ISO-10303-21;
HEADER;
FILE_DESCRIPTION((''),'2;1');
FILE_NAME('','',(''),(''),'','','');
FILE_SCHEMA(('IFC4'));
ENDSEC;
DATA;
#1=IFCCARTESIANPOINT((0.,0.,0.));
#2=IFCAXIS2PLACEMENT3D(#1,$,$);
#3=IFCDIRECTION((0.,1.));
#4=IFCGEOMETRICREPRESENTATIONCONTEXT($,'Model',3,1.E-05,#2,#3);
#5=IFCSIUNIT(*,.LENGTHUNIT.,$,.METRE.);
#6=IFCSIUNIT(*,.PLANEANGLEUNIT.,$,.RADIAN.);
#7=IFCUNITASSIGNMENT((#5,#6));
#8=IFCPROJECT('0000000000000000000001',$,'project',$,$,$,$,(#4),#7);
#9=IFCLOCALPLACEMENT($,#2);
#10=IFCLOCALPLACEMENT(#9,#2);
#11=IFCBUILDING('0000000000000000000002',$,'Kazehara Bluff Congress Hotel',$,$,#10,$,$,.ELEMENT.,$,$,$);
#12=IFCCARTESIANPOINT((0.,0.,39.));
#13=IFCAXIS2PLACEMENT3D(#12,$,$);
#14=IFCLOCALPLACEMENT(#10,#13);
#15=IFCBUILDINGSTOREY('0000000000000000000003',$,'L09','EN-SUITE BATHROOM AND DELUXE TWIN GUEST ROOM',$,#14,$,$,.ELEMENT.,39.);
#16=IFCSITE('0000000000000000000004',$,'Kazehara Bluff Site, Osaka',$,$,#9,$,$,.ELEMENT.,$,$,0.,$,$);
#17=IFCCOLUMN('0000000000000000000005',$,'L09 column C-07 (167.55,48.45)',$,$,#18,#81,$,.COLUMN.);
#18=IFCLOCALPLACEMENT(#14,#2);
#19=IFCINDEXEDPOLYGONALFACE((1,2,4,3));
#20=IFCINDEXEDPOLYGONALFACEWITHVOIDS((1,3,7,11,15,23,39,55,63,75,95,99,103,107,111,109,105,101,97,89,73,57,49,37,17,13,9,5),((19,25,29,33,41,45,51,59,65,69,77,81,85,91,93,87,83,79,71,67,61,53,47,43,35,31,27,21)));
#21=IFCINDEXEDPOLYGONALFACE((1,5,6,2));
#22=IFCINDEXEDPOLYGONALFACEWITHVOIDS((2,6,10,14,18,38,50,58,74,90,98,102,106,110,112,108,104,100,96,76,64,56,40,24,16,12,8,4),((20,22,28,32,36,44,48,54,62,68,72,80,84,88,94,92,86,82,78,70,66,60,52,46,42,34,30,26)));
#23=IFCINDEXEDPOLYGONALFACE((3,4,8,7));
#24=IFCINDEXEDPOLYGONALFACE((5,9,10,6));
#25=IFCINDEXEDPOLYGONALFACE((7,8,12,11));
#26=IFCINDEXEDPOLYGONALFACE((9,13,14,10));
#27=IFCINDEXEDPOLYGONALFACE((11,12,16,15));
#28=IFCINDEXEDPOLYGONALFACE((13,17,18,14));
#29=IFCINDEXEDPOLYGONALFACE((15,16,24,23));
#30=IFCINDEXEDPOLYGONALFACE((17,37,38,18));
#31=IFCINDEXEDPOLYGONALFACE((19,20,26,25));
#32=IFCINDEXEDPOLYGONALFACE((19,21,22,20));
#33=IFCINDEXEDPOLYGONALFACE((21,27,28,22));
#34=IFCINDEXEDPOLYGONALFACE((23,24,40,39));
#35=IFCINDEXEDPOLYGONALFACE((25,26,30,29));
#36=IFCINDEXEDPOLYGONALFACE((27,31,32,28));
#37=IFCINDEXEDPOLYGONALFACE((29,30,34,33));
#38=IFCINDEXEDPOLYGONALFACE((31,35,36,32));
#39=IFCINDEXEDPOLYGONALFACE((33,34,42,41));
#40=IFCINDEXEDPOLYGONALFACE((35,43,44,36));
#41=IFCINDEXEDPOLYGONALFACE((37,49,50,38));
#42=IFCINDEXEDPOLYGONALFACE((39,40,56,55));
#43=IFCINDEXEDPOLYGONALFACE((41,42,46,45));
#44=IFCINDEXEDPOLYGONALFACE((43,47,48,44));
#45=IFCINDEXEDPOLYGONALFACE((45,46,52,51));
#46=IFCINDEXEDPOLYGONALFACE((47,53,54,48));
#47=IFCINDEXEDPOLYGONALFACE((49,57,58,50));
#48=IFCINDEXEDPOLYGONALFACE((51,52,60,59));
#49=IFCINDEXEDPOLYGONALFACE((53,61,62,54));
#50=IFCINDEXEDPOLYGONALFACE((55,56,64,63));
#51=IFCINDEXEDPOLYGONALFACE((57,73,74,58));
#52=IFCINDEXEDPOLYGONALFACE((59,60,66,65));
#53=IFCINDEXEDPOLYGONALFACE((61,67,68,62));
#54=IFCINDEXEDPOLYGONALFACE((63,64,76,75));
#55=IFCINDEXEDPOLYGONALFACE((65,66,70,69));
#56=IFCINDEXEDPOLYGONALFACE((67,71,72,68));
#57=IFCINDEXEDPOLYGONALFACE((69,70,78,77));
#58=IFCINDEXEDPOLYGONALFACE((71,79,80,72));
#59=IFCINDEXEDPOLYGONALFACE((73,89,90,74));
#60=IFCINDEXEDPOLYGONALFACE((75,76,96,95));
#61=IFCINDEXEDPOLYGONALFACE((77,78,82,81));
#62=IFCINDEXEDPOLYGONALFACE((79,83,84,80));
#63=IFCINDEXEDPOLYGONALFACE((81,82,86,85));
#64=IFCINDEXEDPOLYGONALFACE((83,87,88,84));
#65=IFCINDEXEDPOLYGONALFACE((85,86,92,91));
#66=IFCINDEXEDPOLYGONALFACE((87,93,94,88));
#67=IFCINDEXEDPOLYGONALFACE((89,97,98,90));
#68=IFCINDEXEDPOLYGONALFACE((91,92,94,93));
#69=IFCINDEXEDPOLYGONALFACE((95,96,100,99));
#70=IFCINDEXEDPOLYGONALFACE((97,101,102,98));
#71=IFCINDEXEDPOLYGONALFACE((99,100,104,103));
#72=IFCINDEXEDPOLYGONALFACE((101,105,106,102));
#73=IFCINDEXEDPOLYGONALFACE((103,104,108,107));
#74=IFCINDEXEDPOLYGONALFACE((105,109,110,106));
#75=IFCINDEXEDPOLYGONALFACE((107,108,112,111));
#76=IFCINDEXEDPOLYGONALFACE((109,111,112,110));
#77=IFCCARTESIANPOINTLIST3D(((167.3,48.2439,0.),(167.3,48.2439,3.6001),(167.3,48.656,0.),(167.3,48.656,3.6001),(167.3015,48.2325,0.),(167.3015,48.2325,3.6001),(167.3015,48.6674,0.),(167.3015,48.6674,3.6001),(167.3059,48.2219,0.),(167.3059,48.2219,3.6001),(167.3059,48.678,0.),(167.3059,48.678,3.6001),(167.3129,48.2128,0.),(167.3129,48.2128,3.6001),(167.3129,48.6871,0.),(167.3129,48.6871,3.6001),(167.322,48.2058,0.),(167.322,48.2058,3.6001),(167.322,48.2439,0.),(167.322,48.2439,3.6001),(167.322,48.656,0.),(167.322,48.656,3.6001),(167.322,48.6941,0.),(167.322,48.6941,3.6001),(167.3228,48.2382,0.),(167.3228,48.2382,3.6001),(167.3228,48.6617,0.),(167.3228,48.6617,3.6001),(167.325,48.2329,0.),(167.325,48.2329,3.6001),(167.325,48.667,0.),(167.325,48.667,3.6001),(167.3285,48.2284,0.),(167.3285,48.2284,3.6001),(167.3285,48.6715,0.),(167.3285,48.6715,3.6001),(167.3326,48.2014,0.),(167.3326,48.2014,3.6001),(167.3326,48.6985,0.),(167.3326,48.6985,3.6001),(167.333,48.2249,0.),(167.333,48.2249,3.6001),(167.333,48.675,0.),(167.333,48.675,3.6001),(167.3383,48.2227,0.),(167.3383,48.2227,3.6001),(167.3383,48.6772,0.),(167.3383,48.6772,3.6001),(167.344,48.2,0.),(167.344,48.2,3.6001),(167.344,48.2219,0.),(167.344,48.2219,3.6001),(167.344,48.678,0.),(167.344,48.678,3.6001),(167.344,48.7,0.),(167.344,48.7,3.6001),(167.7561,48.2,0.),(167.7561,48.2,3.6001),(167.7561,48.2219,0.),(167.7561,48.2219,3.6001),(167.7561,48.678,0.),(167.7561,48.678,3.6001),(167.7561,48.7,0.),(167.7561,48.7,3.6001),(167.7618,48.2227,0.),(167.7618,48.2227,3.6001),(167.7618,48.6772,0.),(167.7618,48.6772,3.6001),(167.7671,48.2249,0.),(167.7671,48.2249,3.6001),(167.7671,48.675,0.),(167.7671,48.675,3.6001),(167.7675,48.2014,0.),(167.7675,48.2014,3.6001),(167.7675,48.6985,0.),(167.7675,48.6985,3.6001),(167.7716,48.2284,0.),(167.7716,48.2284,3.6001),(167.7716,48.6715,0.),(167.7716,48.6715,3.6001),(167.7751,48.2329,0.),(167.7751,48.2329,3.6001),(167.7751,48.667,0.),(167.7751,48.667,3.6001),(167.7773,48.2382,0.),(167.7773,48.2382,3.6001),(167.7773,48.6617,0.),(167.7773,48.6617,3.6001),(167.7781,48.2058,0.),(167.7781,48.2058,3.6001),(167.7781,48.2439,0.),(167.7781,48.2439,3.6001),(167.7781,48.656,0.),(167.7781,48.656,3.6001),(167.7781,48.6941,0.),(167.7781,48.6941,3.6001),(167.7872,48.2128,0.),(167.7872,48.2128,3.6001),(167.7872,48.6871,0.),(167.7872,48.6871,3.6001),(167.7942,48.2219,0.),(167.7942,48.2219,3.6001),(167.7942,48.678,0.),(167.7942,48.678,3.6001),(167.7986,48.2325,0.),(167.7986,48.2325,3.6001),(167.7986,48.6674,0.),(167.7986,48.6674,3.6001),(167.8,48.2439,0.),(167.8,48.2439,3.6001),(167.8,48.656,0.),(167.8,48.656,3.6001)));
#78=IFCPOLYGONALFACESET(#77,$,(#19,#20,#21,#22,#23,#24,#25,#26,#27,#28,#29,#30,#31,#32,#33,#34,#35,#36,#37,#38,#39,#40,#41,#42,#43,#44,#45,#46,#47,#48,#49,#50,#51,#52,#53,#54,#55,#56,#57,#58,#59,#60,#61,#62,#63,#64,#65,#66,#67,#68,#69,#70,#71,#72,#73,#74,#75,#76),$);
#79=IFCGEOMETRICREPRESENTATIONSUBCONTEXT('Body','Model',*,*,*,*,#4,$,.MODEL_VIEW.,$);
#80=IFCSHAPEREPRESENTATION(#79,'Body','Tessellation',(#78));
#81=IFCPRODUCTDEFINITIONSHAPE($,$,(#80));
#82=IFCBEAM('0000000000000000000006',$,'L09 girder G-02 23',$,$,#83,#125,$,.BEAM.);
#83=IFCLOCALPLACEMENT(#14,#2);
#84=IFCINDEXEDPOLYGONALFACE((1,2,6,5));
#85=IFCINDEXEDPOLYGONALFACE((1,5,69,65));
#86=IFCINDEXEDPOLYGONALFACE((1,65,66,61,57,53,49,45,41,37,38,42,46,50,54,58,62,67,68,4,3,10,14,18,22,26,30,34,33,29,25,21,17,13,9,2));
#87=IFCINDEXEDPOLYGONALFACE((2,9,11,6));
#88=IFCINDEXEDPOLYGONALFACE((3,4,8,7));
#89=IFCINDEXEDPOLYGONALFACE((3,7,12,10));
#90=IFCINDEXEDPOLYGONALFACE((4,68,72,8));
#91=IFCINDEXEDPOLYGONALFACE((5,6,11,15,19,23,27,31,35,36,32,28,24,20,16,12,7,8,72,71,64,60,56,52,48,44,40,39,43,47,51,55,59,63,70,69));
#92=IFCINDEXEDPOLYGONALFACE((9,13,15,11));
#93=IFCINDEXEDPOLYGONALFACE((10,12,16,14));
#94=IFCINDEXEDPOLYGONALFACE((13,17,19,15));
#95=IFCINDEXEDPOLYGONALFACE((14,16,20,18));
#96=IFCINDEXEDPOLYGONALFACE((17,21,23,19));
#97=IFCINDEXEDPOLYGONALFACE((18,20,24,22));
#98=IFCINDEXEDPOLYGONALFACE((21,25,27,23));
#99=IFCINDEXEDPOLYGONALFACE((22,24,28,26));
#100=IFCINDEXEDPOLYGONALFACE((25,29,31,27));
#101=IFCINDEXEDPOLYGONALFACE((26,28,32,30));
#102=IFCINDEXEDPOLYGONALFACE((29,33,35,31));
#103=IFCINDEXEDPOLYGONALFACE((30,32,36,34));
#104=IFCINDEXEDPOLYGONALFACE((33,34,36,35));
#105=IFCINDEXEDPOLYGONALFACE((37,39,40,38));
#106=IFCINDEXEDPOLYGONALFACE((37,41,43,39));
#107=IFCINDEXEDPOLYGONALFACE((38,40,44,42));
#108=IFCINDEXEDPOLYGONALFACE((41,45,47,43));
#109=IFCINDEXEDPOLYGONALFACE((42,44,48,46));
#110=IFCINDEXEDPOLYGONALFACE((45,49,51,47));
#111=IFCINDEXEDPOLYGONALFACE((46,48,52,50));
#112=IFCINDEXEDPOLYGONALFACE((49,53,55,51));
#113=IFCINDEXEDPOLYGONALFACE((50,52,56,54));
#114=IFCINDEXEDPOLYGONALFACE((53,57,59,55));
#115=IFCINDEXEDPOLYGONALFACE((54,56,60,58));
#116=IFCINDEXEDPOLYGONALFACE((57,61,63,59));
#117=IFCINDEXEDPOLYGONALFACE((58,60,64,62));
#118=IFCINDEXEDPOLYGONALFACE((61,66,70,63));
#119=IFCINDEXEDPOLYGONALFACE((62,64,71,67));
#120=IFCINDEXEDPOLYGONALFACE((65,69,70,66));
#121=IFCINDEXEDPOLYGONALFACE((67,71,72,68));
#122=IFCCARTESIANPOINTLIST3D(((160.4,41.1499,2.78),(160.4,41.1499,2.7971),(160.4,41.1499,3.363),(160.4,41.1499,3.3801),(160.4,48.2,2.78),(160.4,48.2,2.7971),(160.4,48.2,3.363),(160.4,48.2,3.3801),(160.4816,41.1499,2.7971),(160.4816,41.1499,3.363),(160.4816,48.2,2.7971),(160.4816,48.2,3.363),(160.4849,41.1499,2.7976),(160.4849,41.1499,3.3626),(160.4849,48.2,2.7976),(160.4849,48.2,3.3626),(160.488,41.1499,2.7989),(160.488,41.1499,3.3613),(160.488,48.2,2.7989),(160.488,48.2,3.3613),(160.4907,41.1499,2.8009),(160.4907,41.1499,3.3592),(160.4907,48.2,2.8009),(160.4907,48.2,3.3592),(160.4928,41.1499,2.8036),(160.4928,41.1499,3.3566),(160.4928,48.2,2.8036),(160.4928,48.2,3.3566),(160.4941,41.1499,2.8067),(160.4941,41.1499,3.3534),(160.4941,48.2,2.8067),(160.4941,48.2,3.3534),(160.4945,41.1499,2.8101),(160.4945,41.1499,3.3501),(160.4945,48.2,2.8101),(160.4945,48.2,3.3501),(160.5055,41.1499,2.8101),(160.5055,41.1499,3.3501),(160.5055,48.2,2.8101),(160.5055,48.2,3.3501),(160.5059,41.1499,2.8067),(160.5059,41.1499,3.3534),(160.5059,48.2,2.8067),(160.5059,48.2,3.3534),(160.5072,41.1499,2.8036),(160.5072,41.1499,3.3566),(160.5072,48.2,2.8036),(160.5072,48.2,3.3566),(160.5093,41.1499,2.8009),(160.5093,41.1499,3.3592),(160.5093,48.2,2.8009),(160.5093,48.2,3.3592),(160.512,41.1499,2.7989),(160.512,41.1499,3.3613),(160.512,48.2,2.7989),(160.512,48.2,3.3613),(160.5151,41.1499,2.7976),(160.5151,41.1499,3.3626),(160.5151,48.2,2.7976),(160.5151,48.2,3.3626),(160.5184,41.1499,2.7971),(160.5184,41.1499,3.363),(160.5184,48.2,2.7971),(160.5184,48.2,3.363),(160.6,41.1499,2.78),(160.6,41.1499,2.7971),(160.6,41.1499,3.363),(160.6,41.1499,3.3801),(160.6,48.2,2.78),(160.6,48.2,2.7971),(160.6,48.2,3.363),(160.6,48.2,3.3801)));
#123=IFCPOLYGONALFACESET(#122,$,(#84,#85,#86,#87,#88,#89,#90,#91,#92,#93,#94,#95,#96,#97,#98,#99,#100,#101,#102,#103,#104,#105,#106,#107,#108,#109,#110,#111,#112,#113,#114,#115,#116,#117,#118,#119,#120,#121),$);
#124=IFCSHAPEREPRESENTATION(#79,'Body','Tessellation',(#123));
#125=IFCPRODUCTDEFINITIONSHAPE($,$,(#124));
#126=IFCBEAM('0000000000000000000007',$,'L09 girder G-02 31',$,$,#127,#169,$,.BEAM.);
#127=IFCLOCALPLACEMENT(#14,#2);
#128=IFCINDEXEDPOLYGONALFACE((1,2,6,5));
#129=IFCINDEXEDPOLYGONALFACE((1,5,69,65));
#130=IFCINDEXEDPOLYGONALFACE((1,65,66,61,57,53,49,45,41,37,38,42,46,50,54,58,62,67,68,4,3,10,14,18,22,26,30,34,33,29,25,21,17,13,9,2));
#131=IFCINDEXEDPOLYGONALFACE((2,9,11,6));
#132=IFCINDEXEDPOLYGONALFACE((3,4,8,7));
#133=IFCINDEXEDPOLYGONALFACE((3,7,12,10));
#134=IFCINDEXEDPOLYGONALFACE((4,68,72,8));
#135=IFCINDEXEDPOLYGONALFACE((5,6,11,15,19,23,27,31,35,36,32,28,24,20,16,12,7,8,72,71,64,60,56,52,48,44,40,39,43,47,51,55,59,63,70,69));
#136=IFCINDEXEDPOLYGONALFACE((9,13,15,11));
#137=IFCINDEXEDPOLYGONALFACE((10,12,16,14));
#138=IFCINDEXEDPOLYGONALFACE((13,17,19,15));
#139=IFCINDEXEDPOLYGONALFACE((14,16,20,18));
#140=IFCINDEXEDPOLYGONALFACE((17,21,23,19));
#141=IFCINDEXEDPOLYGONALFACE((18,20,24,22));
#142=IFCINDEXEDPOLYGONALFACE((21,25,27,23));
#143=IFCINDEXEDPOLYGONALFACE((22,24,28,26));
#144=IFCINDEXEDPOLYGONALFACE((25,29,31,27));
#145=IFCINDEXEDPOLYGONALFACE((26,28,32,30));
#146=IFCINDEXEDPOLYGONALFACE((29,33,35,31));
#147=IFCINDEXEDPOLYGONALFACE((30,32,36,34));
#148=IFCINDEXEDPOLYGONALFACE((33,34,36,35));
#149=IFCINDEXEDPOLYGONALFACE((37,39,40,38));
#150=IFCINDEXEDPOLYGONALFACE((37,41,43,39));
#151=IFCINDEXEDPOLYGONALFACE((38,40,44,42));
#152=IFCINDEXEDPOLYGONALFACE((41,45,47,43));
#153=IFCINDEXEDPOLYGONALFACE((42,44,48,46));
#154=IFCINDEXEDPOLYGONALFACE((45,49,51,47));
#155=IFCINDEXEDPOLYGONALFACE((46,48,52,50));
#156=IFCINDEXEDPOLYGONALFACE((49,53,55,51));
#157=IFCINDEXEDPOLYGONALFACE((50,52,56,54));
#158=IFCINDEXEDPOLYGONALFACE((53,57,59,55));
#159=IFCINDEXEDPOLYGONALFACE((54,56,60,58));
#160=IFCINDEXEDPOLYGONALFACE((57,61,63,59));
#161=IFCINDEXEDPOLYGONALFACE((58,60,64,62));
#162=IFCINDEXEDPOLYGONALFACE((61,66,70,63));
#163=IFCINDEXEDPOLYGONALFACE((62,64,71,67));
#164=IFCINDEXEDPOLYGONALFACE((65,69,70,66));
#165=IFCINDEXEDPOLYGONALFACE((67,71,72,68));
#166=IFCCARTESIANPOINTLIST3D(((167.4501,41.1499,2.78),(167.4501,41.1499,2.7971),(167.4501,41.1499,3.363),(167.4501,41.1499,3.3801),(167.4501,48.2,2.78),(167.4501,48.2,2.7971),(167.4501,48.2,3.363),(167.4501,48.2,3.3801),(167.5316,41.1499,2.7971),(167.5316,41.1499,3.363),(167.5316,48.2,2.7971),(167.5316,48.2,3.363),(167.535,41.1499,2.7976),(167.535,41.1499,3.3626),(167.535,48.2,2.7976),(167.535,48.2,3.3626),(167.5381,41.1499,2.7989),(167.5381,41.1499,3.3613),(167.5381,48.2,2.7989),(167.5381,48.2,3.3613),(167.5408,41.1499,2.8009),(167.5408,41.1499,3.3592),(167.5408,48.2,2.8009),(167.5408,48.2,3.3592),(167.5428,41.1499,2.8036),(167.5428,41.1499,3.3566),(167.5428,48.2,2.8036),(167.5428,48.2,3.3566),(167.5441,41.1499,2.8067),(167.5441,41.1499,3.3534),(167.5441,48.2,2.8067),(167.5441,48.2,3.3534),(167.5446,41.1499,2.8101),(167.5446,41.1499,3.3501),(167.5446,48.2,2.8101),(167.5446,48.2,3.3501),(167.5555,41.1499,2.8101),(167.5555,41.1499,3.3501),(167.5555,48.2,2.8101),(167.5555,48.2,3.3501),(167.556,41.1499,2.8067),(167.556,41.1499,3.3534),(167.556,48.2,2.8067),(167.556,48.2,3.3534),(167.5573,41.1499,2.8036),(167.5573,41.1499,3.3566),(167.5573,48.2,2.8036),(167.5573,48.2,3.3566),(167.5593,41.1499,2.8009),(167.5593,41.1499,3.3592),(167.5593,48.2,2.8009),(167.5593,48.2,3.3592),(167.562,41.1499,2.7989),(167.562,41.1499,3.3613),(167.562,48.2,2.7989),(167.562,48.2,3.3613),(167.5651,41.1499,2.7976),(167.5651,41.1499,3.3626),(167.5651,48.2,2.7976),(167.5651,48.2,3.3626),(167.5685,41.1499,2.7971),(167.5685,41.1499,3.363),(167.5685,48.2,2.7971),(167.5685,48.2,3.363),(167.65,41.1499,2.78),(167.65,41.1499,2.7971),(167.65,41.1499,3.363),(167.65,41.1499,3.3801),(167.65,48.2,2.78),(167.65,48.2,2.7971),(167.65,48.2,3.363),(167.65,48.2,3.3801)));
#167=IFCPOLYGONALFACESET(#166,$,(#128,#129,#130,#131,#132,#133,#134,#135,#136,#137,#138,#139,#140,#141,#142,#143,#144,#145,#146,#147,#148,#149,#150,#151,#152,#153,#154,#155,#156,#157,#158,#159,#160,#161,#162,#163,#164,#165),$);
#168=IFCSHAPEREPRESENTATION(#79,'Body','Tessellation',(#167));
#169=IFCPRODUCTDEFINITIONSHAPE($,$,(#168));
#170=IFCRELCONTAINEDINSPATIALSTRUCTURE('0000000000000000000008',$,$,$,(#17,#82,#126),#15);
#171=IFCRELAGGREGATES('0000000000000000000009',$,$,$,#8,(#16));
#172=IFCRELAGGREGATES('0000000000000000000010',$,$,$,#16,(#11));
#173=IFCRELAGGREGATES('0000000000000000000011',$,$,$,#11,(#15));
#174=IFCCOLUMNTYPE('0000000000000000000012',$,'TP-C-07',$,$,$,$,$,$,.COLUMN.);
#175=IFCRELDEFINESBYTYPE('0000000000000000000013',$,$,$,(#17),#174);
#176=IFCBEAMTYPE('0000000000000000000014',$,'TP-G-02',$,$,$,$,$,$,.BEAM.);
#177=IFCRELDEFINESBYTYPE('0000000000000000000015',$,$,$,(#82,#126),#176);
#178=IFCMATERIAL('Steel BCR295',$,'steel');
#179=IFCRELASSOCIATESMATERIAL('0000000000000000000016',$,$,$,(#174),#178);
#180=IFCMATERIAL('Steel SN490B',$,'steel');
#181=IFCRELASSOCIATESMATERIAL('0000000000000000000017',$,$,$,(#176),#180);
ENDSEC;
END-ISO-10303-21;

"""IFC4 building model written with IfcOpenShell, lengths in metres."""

from ifc_helpers import new_model, si_unit, direction, frame, origin, origin_2d, place, context, subcontext, project, spatial, hollow_rectangle, i_section, extrude, material, material_profile, profile_set, type_object, element, save


model = new_model("IFC4")

# Units and contexts
model_context = context("Model", 3, precision=1e-05, world=origin(), true_north=direction((0.0, 1.0)))
body_context = subcontext(model_context, "Body", "Model", "MODEL_VIEW")
ifc_project = project(units=[si_unit("LENGTHUNIT", "METRE"), si_unit("PLANEANGLEUNIT", "RADIAN")], contexts=[model_context])

# Site, building, storey
site_placement = place(None, origin())
site = spatial("IfcSite", under=ifc_project, at=site_placement, Name="Kazehara Bluff Site, Osaka", CompositionType="ELEMENT", RefElevation=0.0)
building_placement = place(site_placement, origin())
building = spatial("IfcBuilding", under=site, at=building_placement, Name="Kazehara Bluff Congress Hotel", CompositionType="ELEMENT")
storey_placement = place(building_placement, frame((0.0, 0.0, 39.0)))
storey = spatial("IfcBuildingStorey", under=building, at=storey_placement, Name="L09", Description="EN-SUITE BATHROOM AND DELUXE TWIN GUEST ROOM", CompositionType="ELEMENT", Elevation=39.0)

# Column
ifc_material_1 = material(Name="Steel BCR295", Category="steel")
ifc_material_profile_1 = material_profile(ifc_material_1, hollow_rectangle(XDim=0.5, YDim=0.5, WallThickness=0.022, InnerFilletRadius=0.022, OuterFilletRadius=0.0439, at=origin_2d()))
ifc_profile_set_1 = profile_set([ifc_material_profile_1], Name="Steel BCR295")
column_type = type_object("IfcColumnType", Name="TP-C-07", PredefinedType="COLUMN", material=ifc_profile_set_1)
for number, where, z_axis, x_axis, name in (
    (1, (167.55, 48.45, 0.0), (0.0, 0.0, 1.0), (1.0, 0.0, 0.0), "L09 column C-07 (167.55,48.45)"),
):
    element("IfcColumn", number, at=place(storey_placement, frame(where, z_axis=z_axis, x_axis=x_axis)), inside=storey, type_object=column_type, Name=name, PredefinedType="COLUMN", context=body_context, shape_type="SweptSolid", body=[
        extrude(hollow_rectangle(XDim=0.5, YDim=0.5, WallThickness=0.022, InnerFilletRadius=0.022, OuterFilletRadius=0.0439, at=origin_2d()), origin(), (0.0, 0.0, 1.0), 3.6001),
    ])

# Beams
ifc_material_2 = material(Name="Steel SN490B", Category="steel")
ifc_material_profile_2 = material_profile(ifc_material_2, i_section(OverallWidth=0.2, OverallDepth=0.6001, WebThickness=0.011, FlangeThickness=0.0171, FilletRadius=0.0129, at=origin_2d()))
ifc_profile_set_2 = profile_set([ifc_material_profile_2], Name="Steel SN490B")
beam_type_1 = type_object("IfcBeamType", Name="TP-G-02", PredefinedType="BEAM", material=ifc_profile_set_2)
for number, where, z_axis, x_axis, name in (
    (2, (160.5, 41.1499, 3.0801), (0.0, 1.0, 0.0), (-1.0, 0.0, 0.0), "L09 girder G-02 23"),
    (3, (167.55, 41.1499, 3.0801), (0.0, 1.0, 0.0), (-1.0, 0.0, 0.0), "L09 girder G-02 31"),
):
    element("IfcBeam", number, at=place(storey_placement, frame(where, z_axis=z_axis, x_axis=x_axis)), inside=storey, type_object=beam_type_1, Name=name, PredefinedType="BEAM", context=body_context, shape_type="SweptSolid", body=[
        extrude(i_section(OverallWidth=0.2, OverallDepth=0.6001, WebThickness=0.011, FlangeThickness=0.0171, FilletRadius=0.0129, at=origin_2d()), origin(), (0.0, 0.0, 1.0), 7.05),
    ])

save(model, "model.ifc")
